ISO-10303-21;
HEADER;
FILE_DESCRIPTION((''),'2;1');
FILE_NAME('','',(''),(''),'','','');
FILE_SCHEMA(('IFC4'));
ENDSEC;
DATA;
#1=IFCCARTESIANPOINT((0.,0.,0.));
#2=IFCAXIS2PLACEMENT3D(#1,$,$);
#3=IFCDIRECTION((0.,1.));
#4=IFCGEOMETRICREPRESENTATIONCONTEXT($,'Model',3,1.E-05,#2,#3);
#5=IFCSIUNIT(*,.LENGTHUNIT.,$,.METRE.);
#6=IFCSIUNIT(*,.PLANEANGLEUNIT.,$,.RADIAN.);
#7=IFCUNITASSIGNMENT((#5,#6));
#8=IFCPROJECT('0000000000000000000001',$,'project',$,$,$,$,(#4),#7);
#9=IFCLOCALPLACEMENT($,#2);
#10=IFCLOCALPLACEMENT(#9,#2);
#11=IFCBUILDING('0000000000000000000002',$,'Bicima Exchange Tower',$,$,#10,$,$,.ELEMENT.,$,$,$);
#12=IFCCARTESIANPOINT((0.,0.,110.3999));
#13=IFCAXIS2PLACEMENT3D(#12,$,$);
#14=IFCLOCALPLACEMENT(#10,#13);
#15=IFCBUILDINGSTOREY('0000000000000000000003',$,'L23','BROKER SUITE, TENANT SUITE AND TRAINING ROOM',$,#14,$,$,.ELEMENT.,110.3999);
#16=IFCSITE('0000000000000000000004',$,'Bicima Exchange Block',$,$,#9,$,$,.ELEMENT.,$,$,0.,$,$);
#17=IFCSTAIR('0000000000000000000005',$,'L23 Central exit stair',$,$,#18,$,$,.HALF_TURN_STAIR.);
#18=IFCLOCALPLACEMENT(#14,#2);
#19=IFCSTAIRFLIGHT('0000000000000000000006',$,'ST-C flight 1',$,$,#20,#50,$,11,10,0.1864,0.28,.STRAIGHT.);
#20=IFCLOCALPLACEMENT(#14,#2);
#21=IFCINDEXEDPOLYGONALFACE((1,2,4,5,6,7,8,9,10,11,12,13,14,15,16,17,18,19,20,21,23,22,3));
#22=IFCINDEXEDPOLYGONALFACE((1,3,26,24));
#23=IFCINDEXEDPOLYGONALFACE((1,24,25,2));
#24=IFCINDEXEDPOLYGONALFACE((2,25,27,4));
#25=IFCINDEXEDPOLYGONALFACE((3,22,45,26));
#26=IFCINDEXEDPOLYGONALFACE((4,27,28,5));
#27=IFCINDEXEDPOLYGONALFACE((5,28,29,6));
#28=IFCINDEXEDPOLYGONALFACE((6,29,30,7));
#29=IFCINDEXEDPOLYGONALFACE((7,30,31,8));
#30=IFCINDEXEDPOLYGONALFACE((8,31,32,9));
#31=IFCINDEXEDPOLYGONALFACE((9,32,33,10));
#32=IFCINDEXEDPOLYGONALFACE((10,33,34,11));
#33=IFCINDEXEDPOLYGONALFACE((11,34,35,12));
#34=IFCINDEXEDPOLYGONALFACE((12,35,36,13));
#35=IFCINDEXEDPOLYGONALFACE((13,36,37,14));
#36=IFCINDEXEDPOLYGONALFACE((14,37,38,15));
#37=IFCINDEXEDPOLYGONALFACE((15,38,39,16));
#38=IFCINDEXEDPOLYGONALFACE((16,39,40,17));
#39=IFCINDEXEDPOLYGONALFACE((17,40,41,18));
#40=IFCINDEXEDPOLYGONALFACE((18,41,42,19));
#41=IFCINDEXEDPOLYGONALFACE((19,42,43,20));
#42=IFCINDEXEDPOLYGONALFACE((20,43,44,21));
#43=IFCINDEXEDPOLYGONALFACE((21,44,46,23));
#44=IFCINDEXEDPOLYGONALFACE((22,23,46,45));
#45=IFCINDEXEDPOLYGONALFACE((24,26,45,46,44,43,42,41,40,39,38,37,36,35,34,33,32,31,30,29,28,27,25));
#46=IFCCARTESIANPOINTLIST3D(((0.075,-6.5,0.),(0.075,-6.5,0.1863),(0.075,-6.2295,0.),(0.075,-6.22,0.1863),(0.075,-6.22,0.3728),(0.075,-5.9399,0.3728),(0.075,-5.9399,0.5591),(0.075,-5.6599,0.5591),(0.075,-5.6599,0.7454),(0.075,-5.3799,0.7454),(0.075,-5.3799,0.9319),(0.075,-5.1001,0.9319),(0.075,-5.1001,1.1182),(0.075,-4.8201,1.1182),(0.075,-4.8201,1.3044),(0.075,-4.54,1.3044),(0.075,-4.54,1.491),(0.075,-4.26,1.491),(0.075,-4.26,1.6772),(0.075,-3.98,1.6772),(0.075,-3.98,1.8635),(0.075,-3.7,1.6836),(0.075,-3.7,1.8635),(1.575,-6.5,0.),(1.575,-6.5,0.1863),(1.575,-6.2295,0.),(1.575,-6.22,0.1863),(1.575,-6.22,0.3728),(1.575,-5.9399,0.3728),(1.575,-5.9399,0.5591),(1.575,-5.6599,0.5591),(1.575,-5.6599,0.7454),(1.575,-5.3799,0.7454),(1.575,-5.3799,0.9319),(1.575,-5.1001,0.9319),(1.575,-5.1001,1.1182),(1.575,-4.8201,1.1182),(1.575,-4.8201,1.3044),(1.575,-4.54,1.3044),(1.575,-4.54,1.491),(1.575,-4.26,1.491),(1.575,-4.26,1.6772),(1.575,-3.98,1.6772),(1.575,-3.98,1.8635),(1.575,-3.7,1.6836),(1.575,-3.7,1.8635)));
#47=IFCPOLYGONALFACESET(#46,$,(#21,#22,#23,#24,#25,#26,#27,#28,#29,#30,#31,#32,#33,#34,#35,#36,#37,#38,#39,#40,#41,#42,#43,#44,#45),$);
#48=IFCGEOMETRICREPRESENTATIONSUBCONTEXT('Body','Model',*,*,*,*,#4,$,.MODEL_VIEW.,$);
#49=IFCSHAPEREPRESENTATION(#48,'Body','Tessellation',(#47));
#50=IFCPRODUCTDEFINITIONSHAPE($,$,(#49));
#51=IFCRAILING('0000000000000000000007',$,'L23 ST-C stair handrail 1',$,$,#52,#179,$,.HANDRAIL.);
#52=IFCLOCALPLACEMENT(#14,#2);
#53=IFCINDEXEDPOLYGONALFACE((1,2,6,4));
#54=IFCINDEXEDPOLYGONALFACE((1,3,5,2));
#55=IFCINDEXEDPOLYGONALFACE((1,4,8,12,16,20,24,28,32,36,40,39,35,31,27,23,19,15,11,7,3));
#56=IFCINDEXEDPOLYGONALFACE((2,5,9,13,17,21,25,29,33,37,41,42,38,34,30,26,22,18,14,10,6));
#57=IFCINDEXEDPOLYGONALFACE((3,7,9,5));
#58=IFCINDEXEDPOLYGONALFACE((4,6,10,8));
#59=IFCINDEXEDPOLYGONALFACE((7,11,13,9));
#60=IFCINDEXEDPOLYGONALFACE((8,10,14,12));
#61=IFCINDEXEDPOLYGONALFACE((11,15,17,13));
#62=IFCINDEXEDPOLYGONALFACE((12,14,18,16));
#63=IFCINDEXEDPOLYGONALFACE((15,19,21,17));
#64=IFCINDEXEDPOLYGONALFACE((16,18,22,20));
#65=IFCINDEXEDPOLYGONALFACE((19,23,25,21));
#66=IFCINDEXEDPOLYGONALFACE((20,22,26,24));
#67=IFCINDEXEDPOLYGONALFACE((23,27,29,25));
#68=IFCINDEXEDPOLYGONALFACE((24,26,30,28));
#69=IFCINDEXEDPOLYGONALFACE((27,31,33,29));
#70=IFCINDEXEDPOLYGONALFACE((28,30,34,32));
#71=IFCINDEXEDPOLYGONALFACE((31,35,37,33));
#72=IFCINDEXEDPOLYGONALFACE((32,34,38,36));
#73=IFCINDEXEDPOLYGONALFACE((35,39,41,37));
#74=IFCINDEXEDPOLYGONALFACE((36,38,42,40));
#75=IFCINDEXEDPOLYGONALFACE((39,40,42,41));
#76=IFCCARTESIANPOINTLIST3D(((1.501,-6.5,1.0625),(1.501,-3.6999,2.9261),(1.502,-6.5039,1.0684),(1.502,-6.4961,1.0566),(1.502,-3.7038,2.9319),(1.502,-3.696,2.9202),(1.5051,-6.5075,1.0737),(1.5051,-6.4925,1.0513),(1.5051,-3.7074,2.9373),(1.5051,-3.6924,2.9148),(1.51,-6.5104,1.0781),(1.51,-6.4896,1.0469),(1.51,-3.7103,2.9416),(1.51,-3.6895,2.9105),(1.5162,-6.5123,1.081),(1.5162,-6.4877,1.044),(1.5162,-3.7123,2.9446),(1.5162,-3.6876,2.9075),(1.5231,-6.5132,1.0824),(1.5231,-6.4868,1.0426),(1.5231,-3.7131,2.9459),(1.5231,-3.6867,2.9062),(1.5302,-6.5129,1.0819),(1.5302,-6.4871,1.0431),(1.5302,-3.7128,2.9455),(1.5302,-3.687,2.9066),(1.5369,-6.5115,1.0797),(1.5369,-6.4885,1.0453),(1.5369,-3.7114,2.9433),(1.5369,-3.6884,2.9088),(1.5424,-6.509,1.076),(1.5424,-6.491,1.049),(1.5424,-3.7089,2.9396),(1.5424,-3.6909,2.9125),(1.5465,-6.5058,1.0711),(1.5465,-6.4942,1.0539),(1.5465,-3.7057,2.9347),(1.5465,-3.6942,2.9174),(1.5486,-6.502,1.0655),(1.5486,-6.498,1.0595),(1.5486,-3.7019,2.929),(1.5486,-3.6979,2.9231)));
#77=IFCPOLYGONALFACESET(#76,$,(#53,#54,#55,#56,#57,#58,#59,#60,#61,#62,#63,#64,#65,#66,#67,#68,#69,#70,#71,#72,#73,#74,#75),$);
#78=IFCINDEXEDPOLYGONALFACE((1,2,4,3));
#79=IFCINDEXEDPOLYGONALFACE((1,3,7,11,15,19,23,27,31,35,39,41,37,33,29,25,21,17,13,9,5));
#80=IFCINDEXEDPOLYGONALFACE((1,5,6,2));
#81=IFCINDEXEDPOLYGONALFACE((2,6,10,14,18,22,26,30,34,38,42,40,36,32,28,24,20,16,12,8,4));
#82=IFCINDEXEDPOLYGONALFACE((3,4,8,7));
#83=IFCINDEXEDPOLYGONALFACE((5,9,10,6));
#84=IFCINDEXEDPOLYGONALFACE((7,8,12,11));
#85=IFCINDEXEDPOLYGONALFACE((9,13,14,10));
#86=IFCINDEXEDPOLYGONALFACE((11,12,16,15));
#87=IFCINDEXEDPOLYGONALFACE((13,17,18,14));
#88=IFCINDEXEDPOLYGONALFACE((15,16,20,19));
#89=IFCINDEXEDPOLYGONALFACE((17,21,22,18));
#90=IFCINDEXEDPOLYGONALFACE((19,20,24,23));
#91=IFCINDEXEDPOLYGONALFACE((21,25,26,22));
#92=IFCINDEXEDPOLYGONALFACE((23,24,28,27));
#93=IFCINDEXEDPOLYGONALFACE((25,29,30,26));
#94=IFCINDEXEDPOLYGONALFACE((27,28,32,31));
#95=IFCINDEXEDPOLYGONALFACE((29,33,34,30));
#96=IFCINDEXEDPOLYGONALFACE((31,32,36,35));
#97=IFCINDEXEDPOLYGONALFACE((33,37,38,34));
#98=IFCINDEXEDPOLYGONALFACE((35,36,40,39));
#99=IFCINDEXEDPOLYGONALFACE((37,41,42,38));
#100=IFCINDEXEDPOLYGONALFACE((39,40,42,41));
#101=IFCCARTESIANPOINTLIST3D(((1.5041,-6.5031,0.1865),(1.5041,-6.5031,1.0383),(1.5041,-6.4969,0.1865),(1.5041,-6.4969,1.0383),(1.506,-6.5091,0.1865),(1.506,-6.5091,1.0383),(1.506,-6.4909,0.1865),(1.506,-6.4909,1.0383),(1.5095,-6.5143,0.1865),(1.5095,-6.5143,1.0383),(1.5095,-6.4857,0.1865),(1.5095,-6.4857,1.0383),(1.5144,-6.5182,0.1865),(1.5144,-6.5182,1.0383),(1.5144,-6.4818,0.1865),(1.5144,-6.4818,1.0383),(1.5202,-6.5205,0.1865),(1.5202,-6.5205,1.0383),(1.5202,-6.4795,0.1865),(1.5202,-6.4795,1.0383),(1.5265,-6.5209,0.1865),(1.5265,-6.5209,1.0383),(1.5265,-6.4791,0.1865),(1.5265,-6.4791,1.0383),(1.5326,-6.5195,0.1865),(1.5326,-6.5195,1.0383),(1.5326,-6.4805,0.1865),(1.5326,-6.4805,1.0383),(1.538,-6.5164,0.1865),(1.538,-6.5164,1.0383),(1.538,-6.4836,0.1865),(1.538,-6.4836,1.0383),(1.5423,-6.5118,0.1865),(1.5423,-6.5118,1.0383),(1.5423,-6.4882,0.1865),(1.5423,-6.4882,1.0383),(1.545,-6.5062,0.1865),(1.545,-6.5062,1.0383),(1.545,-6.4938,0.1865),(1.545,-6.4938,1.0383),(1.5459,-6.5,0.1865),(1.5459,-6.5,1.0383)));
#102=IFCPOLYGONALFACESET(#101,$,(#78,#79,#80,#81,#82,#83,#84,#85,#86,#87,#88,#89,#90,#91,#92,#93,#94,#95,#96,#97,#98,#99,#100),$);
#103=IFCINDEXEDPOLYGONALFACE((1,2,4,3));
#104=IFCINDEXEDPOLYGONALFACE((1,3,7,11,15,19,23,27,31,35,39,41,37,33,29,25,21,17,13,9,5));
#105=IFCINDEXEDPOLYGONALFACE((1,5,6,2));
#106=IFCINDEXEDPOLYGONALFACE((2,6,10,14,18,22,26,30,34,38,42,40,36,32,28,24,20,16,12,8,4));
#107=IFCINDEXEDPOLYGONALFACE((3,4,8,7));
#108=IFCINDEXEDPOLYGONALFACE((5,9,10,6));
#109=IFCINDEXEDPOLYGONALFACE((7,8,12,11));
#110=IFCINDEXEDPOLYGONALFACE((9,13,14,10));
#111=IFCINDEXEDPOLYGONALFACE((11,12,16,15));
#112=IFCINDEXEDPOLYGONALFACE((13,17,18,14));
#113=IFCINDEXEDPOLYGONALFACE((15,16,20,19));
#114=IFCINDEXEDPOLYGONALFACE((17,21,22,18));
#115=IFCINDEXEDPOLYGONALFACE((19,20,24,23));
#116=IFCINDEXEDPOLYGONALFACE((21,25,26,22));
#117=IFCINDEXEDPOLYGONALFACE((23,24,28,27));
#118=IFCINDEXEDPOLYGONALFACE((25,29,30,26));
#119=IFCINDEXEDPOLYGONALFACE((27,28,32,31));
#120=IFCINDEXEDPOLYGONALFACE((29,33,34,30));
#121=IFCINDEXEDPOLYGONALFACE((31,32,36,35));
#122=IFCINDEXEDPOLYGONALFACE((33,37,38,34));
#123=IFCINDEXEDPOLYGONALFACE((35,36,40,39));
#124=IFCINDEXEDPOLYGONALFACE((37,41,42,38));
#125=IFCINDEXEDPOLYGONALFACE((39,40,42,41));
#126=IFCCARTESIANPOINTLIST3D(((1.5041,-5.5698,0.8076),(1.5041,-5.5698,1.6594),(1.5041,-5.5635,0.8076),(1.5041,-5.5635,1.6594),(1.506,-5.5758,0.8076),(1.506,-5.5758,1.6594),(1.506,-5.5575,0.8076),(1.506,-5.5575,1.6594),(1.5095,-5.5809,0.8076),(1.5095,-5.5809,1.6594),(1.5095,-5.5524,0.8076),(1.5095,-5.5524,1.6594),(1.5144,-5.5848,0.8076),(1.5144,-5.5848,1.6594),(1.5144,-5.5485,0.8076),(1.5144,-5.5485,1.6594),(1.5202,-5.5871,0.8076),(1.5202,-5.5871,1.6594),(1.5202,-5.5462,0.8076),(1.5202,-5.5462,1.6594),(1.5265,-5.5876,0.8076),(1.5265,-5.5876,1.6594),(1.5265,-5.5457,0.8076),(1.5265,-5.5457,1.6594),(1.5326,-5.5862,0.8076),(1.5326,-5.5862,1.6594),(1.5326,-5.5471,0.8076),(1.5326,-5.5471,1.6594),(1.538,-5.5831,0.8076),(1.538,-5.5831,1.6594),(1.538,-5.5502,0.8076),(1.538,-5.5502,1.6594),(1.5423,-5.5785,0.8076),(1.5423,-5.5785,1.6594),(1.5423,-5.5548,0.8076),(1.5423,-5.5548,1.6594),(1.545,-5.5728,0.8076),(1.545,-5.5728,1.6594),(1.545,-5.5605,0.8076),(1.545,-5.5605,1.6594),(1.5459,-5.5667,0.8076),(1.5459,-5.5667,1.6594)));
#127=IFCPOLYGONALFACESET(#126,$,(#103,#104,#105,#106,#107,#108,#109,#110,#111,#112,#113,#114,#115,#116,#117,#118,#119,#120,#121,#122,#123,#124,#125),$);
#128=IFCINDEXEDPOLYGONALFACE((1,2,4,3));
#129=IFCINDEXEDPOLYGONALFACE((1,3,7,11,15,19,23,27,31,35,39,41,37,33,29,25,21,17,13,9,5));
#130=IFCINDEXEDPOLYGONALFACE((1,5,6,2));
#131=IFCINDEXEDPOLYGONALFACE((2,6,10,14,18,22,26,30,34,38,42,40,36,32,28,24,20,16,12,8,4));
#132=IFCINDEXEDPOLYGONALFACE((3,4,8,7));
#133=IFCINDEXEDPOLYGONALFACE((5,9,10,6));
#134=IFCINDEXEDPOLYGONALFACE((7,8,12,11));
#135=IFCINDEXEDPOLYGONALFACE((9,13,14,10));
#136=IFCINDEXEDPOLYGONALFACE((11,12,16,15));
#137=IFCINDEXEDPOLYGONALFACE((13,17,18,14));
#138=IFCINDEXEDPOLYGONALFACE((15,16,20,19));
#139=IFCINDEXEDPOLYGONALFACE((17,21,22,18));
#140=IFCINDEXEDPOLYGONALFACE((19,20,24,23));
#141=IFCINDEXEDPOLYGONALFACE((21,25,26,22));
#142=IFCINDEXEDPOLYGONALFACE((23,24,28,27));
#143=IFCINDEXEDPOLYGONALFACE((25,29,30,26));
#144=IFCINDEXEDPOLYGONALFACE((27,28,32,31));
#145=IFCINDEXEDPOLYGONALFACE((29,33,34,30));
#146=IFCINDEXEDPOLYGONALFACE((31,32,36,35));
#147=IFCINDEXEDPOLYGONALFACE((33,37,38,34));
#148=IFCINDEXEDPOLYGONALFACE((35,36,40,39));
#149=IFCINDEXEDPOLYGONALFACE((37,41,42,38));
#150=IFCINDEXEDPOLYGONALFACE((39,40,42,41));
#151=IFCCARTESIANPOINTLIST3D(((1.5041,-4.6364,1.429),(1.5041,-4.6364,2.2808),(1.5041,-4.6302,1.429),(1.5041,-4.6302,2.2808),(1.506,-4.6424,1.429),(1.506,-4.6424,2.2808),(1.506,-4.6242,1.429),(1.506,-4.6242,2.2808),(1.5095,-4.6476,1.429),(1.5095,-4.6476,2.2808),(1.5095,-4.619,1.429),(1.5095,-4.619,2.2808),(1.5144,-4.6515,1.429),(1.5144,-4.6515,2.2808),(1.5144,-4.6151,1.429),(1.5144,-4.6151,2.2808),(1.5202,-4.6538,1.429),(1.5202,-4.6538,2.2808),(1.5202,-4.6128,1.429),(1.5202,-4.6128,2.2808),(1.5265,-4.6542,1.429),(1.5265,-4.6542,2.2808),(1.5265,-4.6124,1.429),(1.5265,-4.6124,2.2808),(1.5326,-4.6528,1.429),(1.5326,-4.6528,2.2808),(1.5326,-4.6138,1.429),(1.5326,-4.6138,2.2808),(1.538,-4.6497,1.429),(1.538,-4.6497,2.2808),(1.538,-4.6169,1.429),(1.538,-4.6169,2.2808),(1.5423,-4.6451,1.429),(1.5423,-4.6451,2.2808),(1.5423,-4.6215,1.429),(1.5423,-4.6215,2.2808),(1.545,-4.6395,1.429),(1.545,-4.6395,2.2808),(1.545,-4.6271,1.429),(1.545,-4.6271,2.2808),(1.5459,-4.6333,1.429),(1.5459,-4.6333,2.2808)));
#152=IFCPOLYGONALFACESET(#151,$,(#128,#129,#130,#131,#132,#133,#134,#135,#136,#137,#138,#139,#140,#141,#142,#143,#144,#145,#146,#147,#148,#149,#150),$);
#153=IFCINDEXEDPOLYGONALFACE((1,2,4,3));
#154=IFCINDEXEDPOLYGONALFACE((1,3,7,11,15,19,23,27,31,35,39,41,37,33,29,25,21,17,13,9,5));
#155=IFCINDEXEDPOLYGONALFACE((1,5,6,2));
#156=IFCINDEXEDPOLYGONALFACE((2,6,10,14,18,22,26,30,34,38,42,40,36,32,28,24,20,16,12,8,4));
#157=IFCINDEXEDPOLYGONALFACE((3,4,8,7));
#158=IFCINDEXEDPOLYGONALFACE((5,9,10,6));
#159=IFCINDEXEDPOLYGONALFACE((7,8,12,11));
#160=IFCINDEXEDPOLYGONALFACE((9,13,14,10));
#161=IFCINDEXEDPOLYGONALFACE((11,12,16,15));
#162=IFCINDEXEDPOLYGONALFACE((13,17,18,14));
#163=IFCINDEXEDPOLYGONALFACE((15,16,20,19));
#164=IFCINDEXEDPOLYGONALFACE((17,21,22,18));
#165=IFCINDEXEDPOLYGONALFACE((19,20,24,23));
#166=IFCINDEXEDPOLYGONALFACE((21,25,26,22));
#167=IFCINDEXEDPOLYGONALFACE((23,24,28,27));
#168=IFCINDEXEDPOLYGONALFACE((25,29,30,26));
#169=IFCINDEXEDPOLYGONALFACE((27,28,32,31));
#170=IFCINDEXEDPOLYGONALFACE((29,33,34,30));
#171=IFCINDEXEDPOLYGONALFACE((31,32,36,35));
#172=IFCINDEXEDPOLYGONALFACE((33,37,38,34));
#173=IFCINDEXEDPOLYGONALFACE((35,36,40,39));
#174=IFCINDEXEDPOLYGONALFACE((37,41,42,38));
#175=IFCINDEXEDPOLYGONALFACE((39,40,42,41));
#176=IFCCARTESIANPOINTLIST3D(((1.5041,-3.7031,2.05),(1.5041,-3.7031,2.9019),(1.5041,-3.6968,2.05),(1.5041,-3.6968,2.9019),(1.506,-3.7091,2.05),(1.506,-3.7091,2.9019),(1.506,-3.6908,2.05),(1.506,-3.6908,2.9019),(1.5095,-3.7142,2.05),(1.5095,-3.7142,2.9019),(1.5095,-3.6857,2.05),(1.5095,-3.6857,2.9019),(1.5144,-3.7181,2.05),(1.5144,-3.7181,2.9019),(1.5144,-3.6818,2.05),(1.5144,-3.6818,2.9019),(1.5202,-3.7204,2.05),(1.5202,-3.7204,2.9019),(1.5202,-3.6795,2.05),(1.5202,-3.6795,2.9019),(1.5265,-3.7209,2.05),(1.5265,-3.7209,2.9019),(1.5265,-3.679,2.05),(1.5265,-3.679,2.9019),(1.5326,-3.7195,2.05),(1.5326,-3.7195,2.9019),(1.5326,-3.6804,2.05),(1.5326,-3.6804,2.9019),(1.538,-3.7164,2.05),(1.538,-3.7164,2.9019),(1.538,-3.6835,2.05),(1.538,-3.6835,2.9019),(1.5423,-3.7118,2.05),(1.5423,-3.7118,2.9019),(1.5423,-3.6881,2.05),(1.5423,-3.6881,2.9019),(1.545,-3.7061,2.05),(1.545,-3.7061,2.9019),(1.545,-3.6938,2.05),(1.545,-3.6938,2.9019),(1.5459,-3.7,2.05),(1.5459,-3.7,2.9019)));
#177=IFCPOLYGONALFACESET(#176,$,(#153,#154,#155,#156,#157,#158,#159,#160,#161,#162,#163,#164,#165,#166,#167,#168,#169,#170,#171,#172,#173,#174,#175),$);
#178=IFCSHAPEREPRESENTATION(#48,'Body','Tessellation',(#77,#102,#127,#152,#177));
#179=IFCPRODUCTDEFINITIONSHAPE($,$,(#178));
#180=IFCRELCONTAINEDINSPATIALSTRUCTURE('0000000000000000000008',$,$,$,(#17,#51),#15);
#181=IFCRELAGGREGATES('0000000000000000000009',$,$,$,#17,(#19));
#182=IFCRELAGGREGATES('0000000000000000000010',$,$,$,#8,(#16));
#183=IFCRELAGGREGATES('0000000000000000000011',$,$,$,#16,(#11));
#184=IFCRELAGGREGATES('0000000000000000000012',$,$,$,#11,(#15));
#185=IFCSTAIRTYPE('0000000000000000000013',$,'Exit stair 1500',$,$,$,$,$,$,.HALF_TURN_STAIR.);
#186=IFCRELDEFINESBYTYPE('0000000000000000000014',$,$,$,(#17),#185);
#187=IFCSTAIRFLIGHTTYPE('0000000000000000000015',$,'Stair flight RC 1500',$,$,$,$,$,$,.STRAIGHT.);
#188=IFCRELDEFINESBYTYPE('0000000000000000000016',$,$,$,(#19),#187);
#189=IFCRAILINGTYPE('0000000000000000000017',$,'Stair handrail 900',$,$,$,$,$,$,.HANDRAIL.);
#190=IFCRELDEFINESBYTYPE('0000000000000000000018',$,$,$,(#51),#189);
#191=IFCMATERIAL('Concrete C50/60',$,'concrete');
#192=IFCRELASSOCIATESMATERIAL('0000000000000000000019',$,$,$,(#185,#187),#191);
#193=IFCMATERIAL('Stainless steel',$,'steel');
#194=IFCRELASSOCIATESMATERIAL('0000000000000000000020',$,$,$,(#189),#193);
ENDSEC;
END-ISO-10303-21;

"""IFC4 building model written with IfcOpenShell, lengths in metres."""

from ifc_helpers import new_model, si_unit, direction, frame, origin, origin_2d, place, context, subcontext, project, spatial, polyline, circle, outline, extrude, material, type_object, element, aggregate, save


model = new_model("IFC4")

# Units and contexts
model_context = context("Model", 3, precision=1e-05, world=origin(), true_north=direction((0.0, 1.0)))
body_context = subcontext(model_context, "Body", "Model", "MODEL_VIEW")
ifc_project = project(units=[si_unit("LENGTHUNIT", "METRE"), si_unit("PLANEANGLEUNIT", "RADIAN")], contexts=[model_context])

# Site, building, storey
site_placement = place(None, origin())
site = spatial("IfcSite", under=ifc_project, at=site_placement, Name="Bicima Exchange Block", CompositionType="ELEMENT", RefElevation=0.0)
building_placement = place(site_placement, origin())
building = spatial("IfcBuilding", under=site, at=building_placement, Name="Bicima Exchange Tower", CompositionType="ELEMENT")
storey_placement = place(building_placement, frame((0.0, 0.0, 110.3999)))
storey = spatial("IfcBuildingStorey", under=building, at=storey_placement, Name="L23", Description="BROKER SUITE, TENANT SUITE AND TRAINING ROOM", CompositionType="ELEMENT", Elevation=110.3999)

# Stair
ifc_material_1 = material(Name="Concrete C50/60", Category="concrete")
stair_type_1 = type_object("IfcStairType", Name="Exit stair 1500", PredefinedType="HALF_TURN_STAIR", material=ifc_material_1)
stair_1_placement = place(storey_placement, origin())
stair_1 = element("IfcStair", 1, at=stair_1_placement, inside=storey, type_object=stair_type_1, Name="L23 Central exit stair", PredefinedType="HALF_TURN_STAIR")

# Shared definitions
ifc_material_2 = material(Name="Stainless steel", Category="steel")

# Stair flight
stair_flight_type = type_object("IfcStairFlightType", Name="Stair flight RC 1500", PredefinedType="STRAIGHT", material=ifc_material_1)
stair_flight_placement = place(storey_placement, frame((0.825, -6.5, 0.0), z_axis=(0.0, 0.0, 1.0), x_axis=(0.0, 1.0, 0.0)))
stair_flight = element("IfcStairFlight", 2, at=stair_flight_placement, type_object=stair_flight_type, Name="ST-C flight 1", NumberOfRisers=11, NumberOfTreads=10, PredefinedType="STRAIGHT", RiserHeight=0.1864, TreadLength=0.28, context=body_context, shape_type="SweptSolid", body=[
    extrude(outline(polyline([(0.0, 0.0), (0.0, 0.1863), (0.28, 0.1863), (0.28, 0.3728), (0.5601, 0.3728), (0.5601, 0.5591), (0.8401, 0.5591), (0.8401, 0.7454), (1.1201, 0.7454), (1.1201, 0.9319), (1.3999, 0.9319), (1.3999, 1.1182), (1.6799, 1.1182), (1.6799, 1.3044), (1.96, 1.3044), (1.96, 1.491), (2.24, 1.491), (2.24, 1.6772), (2.52, 1.6772), (2.52, 1.8635), (2.8, 1.8635), (2.8, 2.05), (2.8, 1.6836), (0.2705, 0.0), (0.0, 0.0)])), frame((0.0, 0.75, 0.0), z_axis=(0.0, -1.0, 0.0), x_axis=(1.0, 0.0, 0.0)), (0.0, 0.0, 1.0), 1.5),
])
aggregate(stair_1, [stair_flight])

# Railing
railing_type_1 = type_object("IfcRailingType", Name="Stair handrail 900", PredefinedType="HANDRAIL", material=ifc_material_2)
railing_1_placement = place(storey_placement, frame((1.5249, -6.5, 0.1865)))
element("IfcRailing", 3, at=railing_1_placement, inside=storey, type_object=railing_type_1, Name="L23 ST-C stair handrail 1", PredefinedType="HANDRAIL", context=body_context, shape_type="SweptSolid", body=[
    extrude(circle(Radius=0.0239, at=origin_2d()), frame((0.0, 0.0, 0.876), z_axis=(0.0, 0.832486, 0.554047), x_axis=(-1.0, 0.0, 0.0)), (0.0, 0.0, 1.0), 3.3635),
    extrude(circle(Radius=0.021, at=origin_2d()), origin(), (0.0, 0.0, 1.0), 0.8518),
    extrude(circle(Radius=0.021, at=origin_2d()), frame((0.0, 0.9333, 0.6211)), (0.0, 0.0, 1.0), 0.8518),
    extrude(circle(Radius=0.021, at=origin_2d()), frame((0.0, 1.8667, 1.2424)), (0.0, 0.0, 1.0), 0.8518),
    extrude(circle(Radius=0.021, at=origin_2d()), frame((0.0, 2.8, 1.8635)), (0.0, 0.0, 1.0), 0.8518),
])

save(model, "model.ifc")
